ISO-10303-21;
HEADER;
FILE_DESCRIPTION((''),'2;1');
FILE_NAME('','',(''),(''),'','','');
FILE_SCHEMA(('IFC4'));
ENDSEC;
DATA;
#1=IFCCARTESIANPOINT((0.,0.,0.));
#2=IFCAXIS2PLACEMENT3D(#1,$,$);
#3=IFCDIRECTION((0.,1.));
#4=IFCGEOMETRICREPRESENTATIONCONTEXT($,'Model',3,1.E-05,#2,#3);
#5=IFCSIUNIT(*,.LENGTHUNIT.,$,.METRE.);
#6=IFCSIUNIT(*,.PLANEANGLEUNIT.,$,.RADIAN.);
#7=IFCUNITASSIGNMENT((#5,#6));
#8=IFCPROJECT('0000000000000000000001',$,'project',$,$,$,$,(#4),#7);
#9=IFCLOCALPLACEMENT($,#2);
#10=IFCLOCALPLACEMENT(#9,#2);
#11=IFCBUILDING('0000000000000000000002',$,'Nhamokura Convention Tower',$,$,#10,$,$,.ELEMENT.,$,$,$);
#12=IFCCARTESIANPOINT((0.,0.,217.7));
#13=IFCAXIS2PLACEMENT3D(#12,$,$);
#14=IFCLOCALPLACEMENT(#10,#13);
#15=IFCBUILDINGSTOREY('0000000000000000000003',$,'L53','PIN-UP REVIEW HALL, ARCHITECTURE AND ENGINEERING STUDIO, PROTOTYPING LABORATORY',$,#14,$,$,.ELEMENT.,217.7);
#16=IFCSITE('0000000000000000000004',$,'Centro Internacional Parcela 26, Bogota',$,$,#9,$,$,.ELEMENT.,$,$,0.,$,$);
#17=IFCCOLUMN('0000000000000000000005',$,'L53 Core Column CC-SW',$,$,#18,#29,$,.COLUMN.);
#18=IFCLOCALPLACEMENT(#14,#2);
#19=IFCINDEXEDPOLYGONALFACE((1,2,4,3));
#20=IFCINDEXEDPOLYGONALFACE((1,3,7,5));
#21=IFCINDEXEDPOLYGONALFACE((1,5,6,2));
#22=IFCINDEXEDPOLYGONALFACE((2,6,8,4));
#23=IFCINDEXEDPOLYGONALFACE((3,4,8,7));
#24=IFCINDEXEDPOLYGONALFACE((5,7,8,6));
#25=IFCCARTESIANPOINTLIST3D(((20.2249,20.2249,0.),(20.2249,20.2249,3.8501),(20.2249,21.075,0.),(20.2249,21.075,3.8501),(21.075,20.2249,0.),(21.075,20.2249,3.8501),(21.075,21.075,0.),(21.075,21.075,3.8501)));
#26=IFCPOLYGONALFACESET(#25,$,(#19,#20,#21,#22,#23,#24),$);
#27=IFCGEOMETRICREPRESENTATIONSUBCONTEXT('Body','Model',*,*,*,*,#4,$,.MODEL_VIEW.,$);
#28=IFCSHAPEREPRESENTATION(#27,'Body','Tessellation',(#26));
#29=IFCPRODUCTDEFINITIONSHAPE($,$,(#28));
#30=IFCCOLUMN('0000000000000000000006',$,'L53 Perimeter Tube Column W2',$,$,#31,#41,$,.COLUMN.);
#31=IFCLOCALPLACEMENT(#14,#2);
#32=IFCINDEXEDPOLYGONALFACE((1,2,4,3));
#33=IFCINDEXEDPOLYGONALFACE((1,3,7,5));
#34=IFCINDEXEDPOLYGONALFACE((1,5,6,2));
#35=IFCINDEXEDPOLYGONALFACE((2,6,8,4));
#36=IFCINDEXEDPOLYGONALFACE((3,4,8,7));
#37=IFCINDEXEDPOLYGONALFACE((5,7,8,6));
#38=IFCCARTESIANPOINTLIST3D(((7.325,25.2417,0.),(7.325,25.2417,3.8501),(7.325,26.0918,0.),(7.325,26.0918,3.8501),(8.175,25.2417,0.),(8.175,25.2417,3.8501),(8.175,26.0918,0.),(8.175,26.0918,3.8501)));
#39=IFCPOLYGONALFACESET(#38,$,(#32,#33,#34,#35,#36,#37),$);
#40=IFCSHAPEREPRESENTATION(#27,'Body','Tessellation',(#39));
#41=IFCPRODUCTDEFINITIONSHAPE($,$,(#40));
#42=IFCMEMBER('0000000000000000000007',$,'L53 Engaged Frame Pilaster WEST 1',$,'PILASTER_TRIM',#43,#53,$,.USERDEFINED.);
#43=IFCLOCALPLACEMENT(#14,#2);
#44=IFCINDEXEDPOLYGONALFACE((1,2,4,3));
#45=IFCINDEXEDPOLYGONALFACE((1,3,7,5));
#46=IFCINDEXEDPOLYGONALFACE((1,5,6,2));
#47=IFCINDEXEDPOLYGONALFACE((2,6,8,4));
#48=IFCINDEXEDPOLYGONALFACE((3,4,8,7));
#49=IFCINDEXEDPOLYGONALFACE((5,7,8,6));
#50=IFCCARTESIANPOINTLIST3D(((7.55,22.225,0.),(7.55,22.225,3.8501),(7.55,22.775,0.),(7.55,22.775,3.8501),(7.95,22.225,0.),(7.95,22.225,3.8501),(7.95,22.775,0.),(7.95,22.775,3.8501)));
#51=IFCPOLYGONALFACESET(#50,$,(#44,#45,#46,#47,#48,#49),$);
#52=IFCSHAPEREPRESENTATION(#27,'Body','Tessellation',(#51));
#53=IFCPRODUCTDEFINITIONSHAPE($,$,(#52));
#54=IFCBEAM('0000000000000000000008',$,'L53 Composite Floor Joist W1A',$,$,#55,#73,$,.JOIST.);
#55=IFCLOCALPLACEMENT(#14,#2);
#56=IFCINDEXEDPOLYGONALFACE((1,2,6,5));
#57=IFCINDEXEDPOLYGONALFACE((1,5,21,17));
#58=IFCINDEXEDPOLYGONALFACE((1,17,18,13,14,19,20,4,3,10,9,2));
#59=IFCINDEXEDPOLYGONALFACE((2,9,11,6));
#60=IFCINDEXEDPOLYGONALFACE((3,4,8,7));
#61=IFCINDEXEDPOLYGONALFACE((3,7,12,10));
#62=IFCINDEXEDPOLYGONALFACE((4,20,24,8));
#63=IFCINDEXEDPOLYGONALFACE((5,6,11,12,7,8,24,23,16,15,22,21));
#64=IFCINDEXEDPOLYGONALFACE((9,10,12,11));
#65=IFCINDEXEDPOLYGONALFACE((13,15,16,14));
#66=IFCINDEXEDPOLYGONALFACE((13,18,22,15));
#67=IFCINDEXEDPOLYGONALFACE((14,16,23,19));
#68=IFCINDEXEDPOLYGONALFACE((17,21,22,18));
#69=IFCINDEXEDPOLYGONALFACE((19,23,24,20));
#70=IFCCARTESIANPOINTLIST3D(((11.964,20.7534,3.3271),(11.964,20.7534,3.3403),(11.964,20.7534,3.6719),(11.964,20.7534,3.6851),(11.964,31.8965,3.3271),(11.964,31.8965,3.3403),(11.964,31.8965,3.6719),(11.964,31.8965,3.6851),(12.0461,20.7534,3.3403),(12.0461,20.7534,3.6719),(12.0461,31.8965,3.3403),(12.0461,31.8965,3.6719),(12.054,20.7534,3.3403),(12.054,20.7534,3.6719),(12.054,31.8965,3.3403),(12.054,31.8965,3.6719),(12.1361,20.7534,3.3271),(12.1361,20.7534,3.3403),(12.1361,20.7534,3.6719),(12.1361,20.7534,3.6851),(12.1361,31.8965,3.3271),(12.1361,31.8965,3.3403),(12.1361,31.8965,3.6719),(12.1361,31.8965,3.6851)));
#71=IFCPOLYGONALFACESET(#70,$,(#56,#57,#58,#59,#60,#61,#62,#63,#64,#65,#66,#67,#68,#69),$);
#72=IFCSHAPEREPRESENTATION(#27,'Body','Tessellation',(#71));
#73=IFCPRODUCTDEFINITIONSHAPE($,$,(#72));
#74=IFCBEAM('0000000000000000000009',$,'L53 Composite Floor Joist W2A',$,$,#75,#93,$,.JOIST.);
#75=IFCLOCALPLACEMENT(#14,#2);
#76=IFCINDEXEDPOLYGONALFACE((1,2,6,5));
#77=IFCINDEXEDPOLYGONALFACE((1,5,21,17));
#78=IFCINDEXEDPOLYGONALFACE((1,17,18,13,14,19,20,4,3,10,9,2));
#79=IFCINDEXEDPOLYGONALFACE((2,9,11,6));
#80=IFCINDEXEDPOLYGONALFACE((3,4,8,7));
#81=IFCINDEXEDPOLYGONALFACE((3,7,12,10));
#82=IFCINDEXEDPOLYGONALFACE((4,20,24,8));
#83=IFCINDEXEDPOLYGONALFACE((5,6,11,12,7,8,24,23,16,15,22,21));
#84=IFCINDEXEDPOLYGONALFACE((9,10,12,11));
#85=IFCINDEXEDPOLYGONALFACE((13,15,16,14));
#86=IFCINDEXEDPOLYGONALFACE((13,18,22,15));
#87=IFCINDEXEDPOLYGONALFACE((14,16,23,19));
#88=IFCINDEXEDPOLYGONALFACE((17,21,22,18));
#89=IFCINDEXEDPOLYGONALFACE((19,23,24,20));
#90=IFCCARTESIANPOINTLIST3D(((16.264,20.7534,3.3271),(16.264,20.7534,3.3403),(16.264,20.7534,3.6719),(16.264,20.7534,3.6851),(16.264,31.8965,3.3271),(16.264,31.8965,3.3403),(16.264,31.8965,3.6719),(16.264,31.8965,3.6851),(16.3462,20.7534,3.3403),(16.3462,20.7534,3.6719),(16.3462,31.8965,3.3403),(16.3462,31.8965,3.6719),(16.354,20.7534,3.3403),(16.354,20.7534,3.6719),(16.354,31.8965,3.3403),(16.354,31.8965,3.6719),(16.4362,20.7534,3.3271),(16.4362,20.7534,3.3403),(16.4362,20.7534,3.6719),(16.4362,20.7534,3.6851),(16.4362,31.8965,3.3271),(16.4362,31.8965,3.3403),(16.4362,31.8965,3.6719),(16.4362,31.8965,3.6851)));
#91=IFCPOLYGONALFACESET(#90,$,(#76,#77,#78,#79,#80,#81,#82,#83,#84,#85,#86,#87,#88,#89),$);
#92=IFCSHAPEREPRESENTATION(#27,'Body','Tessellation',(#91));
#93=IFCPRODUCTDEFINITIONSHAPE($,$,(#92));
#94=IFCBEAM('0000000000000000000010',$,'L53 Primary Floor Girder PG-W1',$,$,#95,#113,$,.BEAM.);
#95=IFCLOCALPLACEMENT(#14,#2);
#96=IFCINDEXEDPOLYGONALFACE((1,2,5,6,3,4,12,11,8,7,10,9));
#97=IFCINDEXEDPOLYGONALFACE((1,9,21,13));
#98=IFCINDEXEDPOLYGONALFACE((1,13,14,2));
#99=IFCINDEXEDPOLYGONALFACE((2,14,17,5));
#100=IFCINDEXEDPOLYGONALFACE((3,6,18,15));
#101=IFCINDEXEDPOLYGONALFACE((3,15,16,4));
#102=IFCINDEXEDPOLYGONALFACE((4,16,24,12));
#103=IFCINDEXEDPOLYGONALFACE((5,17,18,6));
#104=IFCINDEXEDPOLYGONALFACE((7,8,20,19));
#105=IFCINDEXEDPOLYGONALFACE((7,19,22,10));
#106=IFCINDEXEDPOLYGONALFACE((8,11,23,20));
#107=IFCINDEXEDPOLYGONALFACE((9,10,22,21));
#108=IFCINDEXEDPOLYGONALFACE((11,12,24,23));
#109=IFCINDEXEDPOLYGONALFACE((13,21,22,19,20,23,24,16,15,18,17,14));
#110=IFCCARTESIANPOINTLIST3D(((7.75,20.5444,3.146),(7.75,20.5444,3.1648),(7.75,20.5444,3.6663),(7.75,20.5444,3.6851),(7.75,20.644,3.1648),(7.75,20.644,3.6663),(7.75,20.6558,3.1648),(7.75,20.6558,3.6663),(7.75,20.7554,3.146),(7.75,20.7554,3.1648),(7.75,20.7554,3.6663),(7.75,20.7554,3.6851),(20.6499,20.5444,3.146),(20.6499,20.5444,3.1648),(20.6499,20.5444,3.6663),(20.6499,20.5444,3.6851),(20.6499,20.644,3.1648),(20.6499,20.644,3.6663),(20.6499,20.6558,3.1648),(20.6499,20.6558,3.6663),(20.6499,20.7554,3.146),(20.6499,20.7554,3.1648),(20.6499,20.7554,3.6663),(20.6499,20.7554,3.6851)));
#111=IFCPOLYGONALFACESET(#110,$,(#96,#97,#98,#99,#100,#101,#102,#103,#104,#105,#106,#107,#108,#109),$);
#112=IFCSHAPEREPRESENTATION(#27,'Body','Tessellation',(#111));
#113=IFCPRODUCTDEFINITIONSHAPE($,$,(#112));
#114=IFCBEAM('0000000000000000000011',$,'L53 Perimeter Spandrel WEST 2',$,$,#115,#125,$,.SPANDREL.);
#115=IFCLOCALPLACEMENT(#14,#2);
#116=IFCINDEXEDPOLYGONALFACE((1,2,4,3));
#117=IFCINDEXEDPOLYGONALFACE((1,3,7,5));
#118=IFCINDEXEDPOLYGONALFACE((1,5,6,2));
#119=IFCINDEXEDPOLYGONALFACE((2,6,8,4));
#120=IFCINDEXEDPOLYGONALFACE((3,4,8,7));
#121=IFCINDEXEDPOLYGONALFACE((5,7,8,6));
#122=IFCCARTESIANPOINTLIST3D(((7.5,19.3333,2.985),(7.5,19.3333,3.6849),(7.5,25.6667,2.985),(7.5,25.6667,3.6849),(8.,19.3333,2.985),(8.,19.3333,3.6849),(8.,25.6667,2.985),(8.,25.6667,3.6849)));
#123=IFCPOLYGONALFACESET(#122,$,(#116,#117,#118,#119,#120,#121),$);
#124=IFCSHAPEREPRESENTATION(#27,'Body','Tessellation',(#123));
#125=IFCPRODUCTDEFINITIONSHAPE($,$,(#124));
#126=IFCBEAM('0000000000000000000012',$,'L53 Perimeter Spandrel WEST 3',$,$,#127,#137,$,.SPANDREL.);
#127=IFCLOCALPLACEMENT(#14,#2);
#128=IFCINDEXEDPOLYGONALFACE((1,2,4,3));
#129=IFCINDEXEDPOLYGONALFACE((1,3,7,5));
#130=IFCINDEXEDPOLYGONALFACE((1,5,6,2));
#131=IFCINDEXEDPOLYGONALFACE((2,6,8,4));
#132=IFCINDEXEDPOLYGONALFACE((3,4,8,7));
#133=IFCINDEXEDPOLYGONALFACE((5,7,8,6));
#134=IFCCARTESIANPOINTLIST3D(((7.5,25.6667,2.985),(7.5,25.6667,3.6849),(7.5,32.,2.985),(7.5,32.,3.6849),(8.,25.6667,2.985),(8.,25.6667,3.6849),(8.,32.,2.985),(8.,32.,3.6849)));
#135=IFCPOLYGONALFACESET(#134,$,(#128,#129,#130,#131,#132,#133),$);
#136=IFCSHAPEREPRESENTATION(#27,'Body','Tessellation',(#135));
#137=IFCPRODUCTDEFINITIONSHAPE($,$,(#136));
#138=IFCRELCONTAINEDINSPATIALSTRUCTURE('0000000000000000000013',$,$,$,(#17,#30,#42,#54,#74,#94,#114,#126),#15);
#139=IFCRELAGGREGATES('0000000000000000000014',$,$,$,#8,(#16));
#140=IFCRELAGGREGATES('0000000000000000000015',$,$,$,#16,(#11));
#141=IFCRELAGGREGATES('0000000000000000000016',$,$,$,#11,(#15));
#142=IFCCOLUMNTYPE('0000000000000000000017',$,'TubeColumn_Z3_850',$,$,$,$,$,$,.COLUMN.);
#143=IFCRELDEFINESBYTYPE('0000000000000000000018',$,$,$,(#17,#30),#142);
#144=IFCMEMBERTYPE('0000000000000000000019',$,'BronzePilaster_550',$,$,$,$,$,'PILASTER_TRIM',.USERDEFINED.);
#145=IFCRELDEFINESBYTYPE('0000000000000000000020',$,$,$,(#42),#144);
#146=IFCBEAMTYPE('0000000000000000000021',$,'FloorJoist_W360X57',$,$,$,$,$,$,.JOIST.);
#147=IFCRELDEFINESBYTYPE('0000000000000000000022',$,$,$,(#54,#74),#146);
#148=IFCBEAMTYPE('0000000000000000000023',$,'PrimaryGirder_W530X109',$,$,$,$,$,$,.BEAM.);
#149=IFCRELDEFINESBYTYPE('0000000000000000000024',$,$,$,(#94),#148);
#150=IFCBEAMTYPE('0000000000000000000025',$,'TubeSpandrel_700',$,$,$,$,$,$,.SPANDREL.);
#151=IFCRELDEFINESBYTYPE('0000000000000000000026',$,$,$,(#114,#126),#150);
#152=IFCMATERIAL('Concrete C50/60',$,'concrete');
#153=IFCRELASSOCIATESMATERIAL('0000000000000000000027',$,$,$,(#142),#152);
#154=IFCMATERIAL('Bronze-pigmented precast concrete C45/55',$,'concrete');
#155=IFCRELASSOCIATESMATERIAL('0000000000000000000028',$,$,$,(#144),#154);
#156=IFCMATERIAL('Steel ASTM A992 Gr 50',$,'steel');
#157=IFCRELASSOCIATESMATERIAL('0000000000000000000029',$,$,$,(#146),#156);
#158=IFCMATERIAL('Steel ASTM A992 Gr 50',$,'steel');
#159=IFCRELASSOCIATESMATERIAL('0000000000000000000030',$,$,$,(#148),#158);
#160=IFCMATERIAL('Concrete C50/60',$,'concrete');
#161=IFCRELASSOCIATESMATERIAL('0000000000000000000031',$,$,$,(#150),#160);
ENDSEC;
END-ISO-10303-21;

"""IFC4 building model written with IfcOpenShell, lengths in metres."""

from ifc_helpers import new_model, si_unit, direction, frame, origin, origin_2d, place, context, subcontext, project, spatial, rectangle, i_section, extrude, material, material_profile, profile_set, type_object, element, save


model = new_model("IFC4")

# Units and contexts
model_context = context("Model", 3, precision=1e-05, world=origin(), true_north=direction((0.0, 1.0)))
body_context = subcontext(model_context, "Body", "Model", "MODEL_VIEW")
ifc_project = project(units=[si_unit("LENGTHUNIT", "METRE"), si_unit("PLANEANGLEUNIT", "RADIAN")], contexts=[model_context])

# Site, building, storey
site_placement = place(None, origin())
site = spatial("IfcSite", under=ifc_project, at=site_placement, Name="Centro Internacional Parcela 26, Bogota", CompositionType="ELEMENT", RefElevation=0.0)
building_placement = place(site_placement, origin())
building = spatial("IfcBuilding", under=site, at=building_placement, Name="Nhamokura Convention Tower", CompositionType="ELEMENT")
storey_placement = place(building_placement, frame((0.0, 0.0, 217.7)))
storey = spatial("IfcBuildingStorey", under=building, at=storey_placement, Name="L53", Description="PIN-UP REVIEW HALL, ARCHITECTURE AND ENGINEERING STUDIO, PROTOTYPING LABORATORY", CompositionType="ELEMENT", Elevation=217.7)

# Columns
ifc_material_1 = material(Name="Concrete C50/60", Category="concrete")
ifc_material_profile_1 = material_profile(ifc_material_1, rectangle(XDim=0.8501, YDim=0.8501, at=origin_2d()))
ifc_profile_set_1 = profile_set([ifc_material_profile_1], Name="Concrete C50/60")
column_type = type_object("IfcColumnType", Name="TubeColumn_Z3_850", PredefinedType="COLUMN", material=ifc_profile_set_1)
for number, where, z_axis, x_axis, name in (
    (1, (20.6499, 20.6499, 0.0), (0.0, 0.0, 1.0), (1.0, 0.0, 0.0), "L53 Core Column CC-SW"),
    (2, (7.75, 25.6667, 0.0), (0.0, 0.0, 1.0), (1.0, 0.0, 0.0), "L53 Perimeter Tube Column W2"),
):
    element("IfcColumn", number, at=place(storey_placement, frame(where, z_axis=z_axis, x_axis=x_axis)), inside=storey, type_object=column_type, Name=name, PredefinedType="COLUMN", context=body_context, shape_type="SweptSolid", body=[
        extrude(rectangle(XDim=0.8501, YDim=0.8501, at=origin_2d()), origin(), (0.0, 0.0, 1.0), 3.8501),
    ])

# Member
ifc_material_2 = material(Name="Bronze-pigmented precast concrete C45/55", Category="concrete")
ifc_material_profile_2 = material_profile(ifc_material_2, rectangle(XDim=0.3999, YDim=0.55, at=origin_2d()))
ifc_profile_set_2 = profile_set([ifc_material_profile_2], Name="Bronze-pigmented precast concrete C45/55")
member_type = type_object("IfcMemberType", Name="BronzePilaster_550", ElementType="PILASTER_TRIM", PredefinedType="USERDEFINED", material=ifc_profile_set_2)
member_placement = place(storey_placement, frame((7.75, 22.5, 0.0), z_axis=(0.0, 0.0, 1.0), x_axis=(1.0, 0.0, 0.0)))
element("IfcMember", 3, at=member_placement, inside=storey, type_object=member_type, Name="L53 Engaged Frame Pilaster WEST 1", ObjectType="PILASTER_TRIM", PredefinedType="USERDEFINED", context=body_context, shape_type="SweptSolid", body=[
    extrude(rectangle(XDim=0.3999, YDim=0.55, at=origin_2d()), origin(), (0.0, 0.0, 1.0), 3.8501),
])

# Beams
ifc_material_3 = material(Name="Steel ASTM A992 Gr 50", Category="steel")
ifc_material_profile_3 = material_profile(ifc_material_3, i_section(OverallWidth=0.1721, OverallDepth=0.3579, WebThickness=0.0078, FlangeThickness=0.0132, at=origin_2d()))
ifc_profile_set_3 = profile_set([ifc_material_profile_3], Name="Steel ASTM A992 Gr 50")
beam_type_1 = type_object("IfcBeamType", Name="FloorJoist_W360X57", PredefinedType="JOIST", material=ifc_profile_set_3)
for number, where, z_axis, x_axis, name in (
    (4, (12.05, 20.7534, 3.5061), (0.0, 1.0, 0.0), (-1.0, 0.0, 0.0), "L53 Composite Floor Joist W1A"),
    (5, (16.3501, 20.7534, 3.5061), (0.0, 1.0, 0.0), (-1.0, 0.0, 0.0), "L53 Composite Floor Joist W2A"),
):
    element("IfcBeam", number, at=place(storey_placement, frame(where, z_axis=z_axis, x_axis=x_axis)), inside=storey, type_object=beam_type_1, Name=name, PredefinedType="JOIST", context=body_context, shape_type="SweptSolid", body=[
        extrude(i_section(OverallWidth=0.1721, OverallDepth=0.3579, WebThickness=0.0078, FlangeThickness=0.0132, at=origin_2d()), origin(), (0.0, 0.0, 1.0), 11.1431),
    ])
ifc_material_4 = material(Name="Steel ASTM A992 Gr 50", Category="steel")
ifc_material_profile_4 = material_profile(ifc_material_4, i_section(OverallWidth=0.2109, OverallDepth=0.5391, WebThickness=0.0117, FlangeThickness=0.0188, at=origin_2d()))
ifc_profile_set_4 = profile_set([ifc_material_profile_4], Name="Steel ASTM A992 Gr 50")
beam_type_2 = type_object("IfcBeamType", Name="PrimaryGirder_W530X109", PredefinedType="BEAM", material=ifc_profile_set_4)
beam_1_placement = place(storey_placement, frame((7.75, 20.6499, 3.4155), z_axis=(1.0, 0.0, 0.0), x_axis=(0.0, 1.0, 0.0)))
element("IfcBeam", 6, at=beam_1_placement, inside=storey, type_object=beam_type_2, Name="L53 Primary Floor Girder PG-W1", PredefinedType="BEAM", context=body_context, shape_type="SweptSolid", body=[
    extrude(i_section(OverallWidth=0.2109, OverallDepth=0.5391, WebThickness=0.0117, FlangeThickness=0.0188, at=origin_2d()), origin(), (0.0, 0.0, 1.0), 12.8999),
])
ifc_material_5 = material(Name="Concrete C50/60", Category="concrete")
ifc_material_profile_5 = material_profile(ifc_material_5, rectangle(XDim=0.5, YDim=0.7, at=origin_2d()))
ifc_profile_set_5 = profile_set([ifc_material_profile_5], Name="Concrete C50/60")
beam_type_3 = type_object("IfcBeamType", Name="TubeSpandrel_700", PredefinedType="SPANDREL", material=ifc_profile_set_5)
beam_2_placement = place(storey_placement, frame((7.75, 19.3333, 3.335), z_axis=(0.0, 1.0, 0.0), x_axis=(-1.0, 0.0, 0.0)))
element("IfcBeam", 7, at=beam_2_placement, inside=storey, type_object=beam_type_3, Name="L53 Perimeter Spandrel WEST 2", PredefinedType="SPANDREL", context=body_context, shape_type="SweptSolid", body=[
    extrude(rectangle(XDim=0.5, YDim=0.7, at=origin_2d()), origin(), (0.0, 0.0, 1.0), 6.3335),
])
beam_3_placement = place(storey_placement, frame((7.75, 25.6667, 3.335), z_axis=(0.0, 1.0, 0.0), x_axis=(-1.0, 0.0, 0.0)))
element("IfcBeam", 8, at=beam_3_placement, inside=storey, type_object=beam_type_3, Name="L53 Perimeter Spandrel WEST 3", PredefinedType="SPANDREL", context=body_context, shape_type="SweptSolid", body=[
    extrude(rectangle(XDim=0.5, YDim=0.7, at=origin_2d()), origin(), (0.0, 0.0, 1.0), 6.3333),
])

save(model, "model.ifc")
